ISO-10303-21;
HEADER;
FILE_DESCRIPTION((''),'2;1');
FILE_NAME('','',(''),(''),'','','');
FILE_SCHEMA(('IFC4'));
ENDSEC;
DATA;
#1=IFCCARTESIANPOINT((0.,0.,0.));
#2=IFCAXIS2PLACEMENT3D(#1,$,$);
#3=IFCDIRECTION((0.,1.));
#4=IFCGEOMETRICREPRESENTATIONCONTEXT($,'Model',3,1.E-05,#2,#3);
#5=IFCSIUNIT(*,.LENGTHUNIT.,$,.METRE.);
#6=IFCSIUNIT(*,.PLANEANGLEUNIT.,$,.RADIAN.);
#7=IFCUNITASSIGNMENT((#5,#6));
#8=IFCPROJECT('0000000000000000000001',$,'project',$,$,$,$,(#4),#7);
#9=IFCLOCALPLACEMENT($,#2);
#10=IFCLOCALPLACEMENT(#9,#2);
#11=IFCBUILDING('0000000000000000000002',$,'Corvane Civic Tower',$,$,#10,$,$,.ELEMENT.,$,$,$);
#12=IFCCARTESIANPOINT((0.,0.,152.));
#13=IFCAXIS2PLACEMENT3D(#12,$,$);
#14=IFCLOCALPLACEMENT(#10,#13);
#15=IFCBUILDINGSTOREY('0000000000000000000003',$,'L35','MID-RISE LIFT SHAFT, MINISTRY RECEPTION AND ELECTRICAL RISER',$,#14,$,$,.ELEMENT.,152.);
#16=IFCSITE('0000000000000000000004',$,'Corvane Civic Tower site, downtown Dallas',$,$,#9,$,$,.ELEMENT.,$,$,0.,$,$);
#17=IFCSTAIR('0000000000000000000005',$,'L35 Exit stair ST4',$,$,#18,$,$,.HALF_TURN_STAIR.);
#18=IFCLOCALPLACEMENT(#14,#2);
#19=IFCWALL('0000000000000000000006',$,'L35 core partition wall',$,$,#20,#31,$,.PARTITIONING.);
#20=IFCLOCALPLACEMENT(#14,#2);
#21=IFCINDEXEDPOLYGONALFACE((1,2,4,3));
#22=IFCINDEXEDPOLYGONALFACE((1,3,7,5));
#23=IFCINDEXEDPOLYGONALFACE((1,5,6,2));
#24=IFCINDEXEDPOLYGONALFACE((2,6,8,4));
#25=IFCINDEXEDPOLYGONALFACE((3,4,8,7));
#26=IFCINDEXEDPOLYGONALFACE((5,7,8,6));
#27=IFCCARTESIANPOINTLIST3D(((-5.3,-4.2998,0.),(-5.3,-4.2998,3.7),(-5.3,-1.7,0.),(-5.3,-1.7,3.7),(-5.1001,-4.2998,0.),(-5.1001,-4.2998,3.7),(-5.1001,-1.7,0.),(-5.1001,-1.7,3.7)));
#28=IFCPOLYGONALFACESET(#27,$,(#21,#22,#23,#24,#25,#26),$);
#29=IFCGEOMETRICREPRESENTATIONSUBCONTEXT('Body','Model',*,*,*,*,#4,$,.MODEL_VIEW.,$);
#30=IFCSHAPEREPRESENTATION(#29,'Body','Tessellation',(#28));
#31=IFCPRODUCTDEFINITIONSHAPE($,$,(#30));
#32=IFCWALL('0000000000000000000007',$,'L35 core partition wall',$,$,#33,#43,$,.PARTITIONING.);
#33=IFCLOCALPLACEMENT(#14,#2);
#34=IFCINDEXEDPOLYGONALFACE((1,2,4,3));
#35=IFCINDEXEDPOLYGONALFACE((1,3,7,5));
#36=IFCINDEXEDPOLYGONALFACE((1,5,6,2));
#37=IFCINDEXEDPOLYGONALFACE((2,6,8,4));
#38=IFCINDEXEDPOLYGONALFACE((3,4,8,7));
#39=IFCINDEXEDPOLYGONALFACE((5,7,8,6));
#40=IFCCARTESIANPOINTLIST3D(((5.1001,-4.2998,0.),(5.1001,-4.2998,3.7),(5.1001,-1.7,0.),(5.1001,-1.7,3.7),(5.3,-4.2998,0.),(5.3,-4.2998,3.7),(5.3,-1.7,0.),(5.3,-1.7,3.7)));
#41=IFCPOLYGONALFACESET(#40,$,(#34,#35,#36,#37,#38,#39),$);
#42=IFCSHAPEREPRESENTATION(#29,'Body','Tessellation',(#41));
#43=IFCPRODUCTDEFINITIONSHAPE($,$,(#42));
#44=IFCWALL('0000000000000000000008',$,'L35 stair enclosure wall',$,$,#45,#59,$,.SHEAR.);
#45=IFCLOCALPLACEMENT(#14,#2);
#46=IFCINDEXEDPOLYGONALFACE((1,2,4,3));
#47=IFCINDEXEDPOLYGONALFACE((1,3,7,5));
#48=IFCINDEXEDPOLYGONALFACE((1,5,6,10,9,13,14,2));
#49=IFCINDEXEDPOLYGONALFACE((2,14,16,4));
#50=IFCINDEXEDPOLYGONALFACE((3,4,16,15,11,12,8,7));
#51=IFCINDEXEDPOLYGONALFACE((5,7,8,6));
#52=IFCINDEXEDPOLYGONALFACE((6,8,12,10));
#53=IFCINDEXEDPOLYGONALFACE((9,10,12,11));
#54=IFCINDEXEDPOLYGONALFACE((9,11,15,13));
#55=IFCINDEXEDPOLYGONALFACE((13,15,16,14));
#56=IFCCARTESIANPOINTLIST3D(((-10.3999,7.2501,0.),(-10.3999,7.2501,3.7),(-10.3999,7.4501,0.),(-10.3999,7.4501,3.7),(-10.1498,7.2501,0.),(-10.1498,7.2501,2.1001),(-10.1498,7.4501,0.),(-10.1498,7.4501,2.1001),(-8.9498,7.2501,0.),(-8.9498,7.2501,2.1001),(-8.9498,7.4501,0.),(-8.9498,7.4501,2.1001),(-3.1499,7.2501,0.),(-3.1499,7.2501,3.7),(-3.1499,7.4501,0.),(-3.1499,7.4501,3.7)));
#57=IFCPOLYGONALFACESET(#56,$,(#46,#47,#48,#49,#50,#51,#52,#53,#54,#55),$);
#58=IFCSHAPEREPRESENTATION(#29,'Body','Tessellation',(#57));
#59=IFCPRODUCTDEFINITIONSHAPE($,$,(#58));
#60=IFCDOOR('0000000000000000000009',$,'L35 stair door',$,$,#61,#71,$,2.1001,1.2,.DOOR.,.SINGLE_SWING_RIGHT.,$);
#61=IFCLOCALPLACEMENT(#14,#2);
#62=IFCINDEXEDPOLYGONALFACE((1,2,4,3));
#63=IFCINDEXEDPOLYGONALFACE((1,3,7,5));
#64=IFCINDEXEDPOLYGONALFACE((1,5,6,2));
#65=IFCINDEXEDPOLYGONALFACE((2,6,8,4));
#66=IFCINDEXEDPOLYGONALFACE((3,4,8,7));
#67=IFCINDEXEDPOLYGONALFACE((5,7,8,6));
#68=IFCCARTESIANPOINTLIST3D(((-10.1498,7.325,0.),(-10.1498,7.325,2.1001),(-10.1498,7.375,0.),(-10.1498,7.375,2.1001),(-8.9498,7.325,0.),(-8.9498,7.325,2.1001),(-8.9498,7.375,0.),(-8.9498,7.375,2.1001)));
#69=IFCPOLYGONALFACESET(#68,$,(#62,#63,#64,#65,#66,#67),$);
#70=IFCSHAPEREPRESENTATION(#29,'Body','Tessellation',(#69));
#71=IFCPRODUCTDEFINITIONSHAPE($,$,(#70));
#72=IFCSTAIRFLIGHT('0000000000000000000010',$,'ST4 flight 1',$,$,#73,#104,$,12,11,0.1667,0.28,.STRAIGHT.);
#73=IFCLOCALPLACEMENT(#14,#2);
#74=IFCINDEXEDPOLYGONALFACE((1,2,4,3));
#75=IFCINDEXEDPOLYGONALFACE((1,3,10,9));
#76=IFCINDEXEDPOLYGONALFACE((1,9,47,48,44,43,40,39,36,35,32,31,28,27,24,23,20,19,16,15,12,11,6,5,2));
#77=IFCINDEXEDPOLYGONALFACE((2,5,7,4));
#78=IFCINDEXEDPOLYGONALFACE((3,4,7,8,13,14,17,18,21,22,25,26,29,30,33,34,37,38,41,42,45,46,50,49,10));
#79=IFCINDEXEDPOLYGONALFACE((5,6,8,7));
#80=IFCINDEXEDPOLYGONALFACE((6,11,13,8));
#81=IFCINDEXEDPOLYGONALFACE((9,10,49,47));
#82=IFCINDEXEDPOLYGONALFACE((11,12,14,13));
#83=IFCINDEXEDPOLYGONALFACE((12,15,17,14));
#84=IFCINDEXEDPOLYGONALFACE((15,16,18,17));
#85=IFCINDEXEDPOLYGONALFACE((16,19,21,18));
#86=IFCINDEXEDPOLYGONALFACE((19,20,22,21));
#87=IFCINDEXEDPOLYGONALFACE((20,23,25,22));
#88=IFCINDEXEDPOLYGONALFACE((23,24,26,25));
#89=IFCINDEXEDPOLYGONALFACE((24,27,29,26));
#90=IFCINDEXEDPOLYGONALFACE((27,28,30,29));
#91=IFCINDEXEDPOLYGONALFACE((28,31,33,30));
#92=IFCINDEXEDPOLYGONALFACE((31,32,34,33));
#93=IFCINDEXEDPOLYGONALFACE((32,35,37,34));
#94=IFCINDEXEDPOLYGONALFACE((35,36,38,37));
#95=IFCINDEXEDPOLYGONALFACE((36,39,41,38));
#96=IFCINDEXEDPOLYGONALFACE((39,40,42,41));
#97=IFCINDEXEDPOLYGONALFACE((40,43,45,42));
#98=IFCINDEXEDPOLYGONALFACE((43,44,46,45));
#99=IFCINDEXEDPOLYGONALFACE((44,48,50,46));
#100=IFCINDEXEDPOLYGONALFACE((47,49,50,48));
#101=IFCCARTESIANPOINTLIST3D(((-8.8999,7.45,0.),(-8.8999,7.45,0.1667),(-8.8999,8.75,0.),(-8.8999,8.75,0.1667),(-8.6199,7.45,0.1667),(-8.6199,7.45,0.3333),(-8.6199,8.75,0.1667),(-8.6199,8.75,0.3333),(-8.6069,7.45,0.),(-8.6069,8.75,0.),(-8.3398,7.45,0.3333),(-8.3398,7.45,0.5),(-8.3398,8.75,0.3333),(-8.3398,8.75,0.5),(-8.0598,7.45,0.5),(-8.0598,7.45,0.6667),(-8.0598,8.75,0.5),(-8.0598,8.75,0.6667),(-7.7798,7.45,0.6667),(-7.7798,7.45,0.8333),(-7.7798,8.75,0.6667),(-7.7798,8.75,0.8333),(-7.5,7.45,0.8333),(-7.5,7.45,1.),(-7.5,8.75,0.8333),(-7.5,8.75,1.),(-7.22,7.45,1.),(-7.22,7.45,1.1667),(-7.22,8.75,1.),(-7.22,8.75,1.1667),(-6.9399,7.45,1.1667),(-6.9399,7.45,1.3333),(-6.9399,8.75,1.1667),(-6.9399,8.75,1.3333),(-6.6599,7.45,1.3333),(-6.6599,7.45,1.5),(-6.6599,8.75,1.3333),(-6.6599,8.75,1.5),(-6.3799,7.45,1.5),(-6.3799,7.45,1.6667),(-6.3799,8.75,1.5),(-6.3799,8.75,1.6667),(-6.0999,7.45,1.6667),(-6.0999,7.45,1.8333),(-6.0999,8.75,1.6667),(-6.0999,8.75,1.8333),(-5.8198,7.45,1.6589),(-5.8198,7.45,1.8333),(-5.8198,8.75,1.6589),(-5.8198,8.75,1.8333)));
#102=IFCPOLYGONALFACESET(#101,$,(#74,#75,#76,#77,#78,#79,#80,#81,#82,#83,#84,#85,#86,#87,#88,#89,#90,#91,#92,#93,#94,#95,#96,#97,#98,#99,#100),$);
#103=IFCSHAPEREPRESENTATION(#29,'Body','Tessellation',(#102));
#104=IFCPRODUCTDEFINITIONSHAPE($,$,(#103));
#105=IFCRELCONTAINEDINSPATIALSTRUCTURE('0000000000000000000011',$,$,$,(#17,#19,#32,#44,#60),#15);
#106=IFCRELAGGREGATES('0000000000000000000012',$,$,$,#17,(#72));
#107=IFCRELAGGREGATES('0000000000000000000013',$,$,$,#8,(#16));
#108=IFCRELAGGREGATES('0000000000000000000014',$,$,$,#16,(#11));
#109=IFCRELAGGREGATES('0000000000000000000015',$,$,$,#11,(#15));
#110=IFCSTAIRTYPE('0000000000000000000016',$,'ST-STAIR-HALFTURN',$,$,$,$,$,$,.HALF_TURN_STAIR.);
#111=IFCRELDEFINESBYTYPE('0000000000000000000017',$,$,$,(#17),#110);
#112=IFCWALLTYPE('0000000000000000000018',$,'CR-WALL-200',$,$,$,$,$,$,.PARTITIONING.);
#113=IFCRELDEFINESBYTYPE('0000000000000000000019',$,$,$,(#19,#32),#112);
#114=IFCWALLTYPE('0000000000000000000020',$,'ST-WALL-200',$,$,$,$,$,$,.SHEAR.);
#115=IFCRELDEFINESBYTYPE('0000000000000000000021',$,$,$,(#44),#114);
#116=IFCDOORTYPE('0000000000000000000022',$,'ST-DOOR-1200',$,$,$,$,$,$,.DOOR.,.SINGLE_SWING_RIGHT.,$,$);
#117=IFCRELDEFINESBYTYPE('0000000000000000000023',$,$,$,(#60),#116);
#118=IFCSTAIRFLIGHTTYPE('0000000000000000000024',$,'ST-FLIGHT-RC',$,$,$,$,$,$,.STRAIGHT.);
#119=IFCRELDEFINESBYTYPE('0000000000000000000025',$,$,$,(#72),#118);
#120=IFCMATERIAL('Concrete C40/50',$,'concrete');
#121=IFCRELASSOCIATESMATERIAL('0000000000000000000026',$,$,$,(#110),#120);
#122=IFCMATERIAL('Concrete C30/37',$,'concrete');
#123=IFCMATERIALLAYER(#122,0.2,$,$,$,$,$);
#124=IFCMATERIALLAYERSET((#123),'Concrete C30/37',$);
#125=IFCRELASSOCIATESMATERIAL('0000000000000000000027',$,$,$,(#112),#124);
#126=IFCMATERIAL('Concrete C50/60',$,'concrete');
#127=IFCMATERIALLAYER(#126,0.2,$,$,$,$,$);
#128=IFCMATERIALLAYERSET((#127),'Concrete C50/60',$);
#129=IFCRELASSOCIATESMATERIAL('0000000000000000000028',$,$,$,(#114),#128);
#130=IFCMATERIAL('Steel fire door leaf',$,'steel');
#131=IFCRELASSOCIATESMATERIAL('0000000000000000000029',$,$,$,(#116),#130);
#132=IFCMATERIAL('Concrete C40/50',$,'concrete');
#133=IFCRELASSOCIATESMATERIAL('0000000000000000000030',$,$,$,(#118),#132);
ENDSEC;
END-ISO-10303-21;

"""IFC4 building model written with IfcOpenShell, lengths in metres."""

from ifc_helpers import new_model, si_unit, direction, frame, frame_2d, origin, place, context, subcontext, project, spatial, polyline, rectangle, outline, extrude, material, layer, layer_set, type_object, element, fill, aggregate, save


model = new_model("IFC4")

# Units and contexts
model_context = context("Model", 3, precision=1e-05, world=origin(), true_north=direction((0.0, 1.0)))
body_context = subcontext(model_context, "Body", "Model", "MODEL_VIEW")
ifc_project = project(units=[si_unit("LENGTHUNIT", "METRE"), si_unit("PLANEANGLEUNIT", "RADIAN")], contexts=[model_context])

# Site, building, storey
site_placement = place(None, origin())
site = spatial("IfcSite", under=ifc_project, at=site_placement, Name="Corvane Civic Tower site, downtown Dallas", CompositionType="ELEMENT", RefElevation=0.0)
building_placement = place(site_placement, origin())
building = spatial("IfcBuilding", under=site, at=building_placement, Name="Corvane Civic Tower", CompositionType="ELEMENT")
storey_placement = place(building_placement, frame((0.0, 0.0, 152.0)))
storey = spatial("IfcBuildingStorey", under=building, at=storey_placement, Name="L35", Description="MID-RISE LIFT SHAFT, MINISTRY RECEPTION AND ELECTRICAL RISER", CompositionType="ELEMENT", Elevation=152.0)

# Stair
ifc_material_1 = material(Name="Concrete C40/50", Category="concrete")
stair_type = type_object("IfcStairType", Name="ST-STAIR-HALFTURN", PredefinedType="HALF_TURN_STAIR", material=ifc_material_1)
stair_1_placement = place(storey_placement, origin())
stair_1 = element("IfcStair", 1, at=stair_1_placement, inside=storey, type_object=stair_type, Name="L35 Exit stair ST4", PredefinedType="HALF_TURN_STAIR")

# Shared definitions
ifc_material_2 = material(Name="Concrete C30/37", Category="concrete")
ifc_layer_1 = layer(ifc_material_2, 0.2)
ifc_layer_set_1 = layer_set([ifc_layer_1], Name="Concrete C30/37")
wall_type_1 = type_object("IfcWallType", Name="CR-WALL-200", PredefinedType="PARTITIONING", material=ifc_layer_set_1)

# Walls
wall_1_placement = place(storey_placement, origin())
element("IfcWall", 2, at=wall_1_placement, inside=storey, type_object=wall_type_1, Name="L35 core partition wall", PredefinedType="PARTITIONING", context=body_context, shape_type="SweptSolid", body=[
    extrude(outline(polyline([(-5.1001, -1.7), (-5.1001, -4.2998), (-5.3, -4.2998), (-5.3, -1.7), (-5.1001, -1.7)])), origin(), (0.0, 0.0, 1.0), 3.7),
])
wall_2_placement = place(storey_placement, origin())
element("IfcWall", 3, at=wall_2_placement, inside=storey, type_object=wall_type_1, Name="L35 core partition wall", PredefinedType="PARTITIONING", context=body_context, shape_type="SweptSolid", body=[
    extrude(outline(polyline([(5.3, -1.7), (5.3, -4.2998), (5.1001, -4.2998), (5.1001, -1.7), (5.3, -1.7)])), origin(), (0.0, 0.0, 1.0), 3.7),
])

# Wall, opening, door
ifc_material_3 = material(Name="Concrete C50/60", Category="concrete")
ifc_layer_2 = layer(ifc_material_3, 0.2)
ifc_layer_set_2 = layer_set([ifc_layer_2], Name="Concrete C50/60")
wall_type_2 = type_object("IfcWallType", Name="ST-WALL-200", PredefinedType="SHEAR", material=ifc_layer_set_2)
wall_3_placement = place(storey_placement, frame((-10.3999, 7.3501, 0.0), z_axis=(0.0, 0.0, 1.0), x_axis=(1.0, 0.0, 0.0)))
wall_3 = element("IfcWall", 4, at=wall_3_placement, inside=storey, type_object=wall_type_2, Name="L35 stair enclosure wall", PredefinedType="SHEAR", context=body_context, shape_type="SweptSolid", body=[
    extrude(rectangle(XDim=7.25, YDim=0.2, at=frame_2d((3.625, 0.0))), origin(), (0.0, 0.0, 1.0), 3.7),
])
opening_1_placement = place(wall_3_placement, frame((0.25, 0.0, 0.0)))
opening_1 = element("IfcOpeningElement", 5, at=opening_1_placement, cuts=wall_3, PredefinedType="OPENING", context=body_context, shape_type="SweptSolid", body=[
    extrude(rectangle(XDim=1.2, YDim=2.1001, at=frame_2d((0.6001, 1.05))), frame((0.0, 0.1099, 0.0), z_axis=(0.0, -1.0, 0.0), x_axis=(1.0, 0.0, 0.0)), (0.0, 0.0, 1.0), 0.22),
])
ifc_material_4 = material(Name="Steel fire door leaf", Category="steel")
door_type_1 = type_object("IfcDoorType", Name="ST-DOOR-1200", OperationType="SINGLE_SWING_RIGHT", PredefinedType="DOOR", material=ifc_material_4)
door_1_placement = place(opening_1_placement, origin())
door_1 = element("IfcDoor", 6, at=door_1_placement, inside=storey, type_object=door_type_1, Name="L35 stair door", OperationType="SINGLE_SWING_RIGHT", OverallHeight=2.1001, OverallWidth=1.2, PredefinedType="DOOR", context=body_context, shape_type="SweptSolid", body=[
    extrude(rectangle(XDim=1.2, YDim=2.1001, at=frame_2d((0.6001, 1.05))), frame((0.0, 0.0249, 0.0), z_axis=(0.0, -1.0, 0.0), x_axis=(1.0, 0.0, 0.0)), (0.0, 0.0, 1.0), 0.05),
])
fill(opening_1, door_1)

# Stair flight
ifc_material_5 = material(Name="Concrete C40/50", Category="concrete")
stair_flight_type = type_object("IfcStairFlightType", Name="ST-FLIGHT-RC", PredefinedType="STRAIGHT", material=ifc_material_5)
stair_flight_placement = place(storey_placement, frame((-8.8999, 8.1001, 0.0), z_axis=(0.0, 0.0, 1.0), x_axis=(1.0, 0.0, 0.0)))
stair_flight = element("IfcStairFlight", 7, at=stair_flight_placement, type_object=stair_flight_type, Name="ST4 flight 1", NumberOfRisers=12, NumberOfTreads=11, PredefinedType="STRAIGHT", RiserHeight=0.1667, TreadLength=0.28, context=body_context, shape_type="SweptSolid", body=[
    extrude(outline(polyline([(0.0, 0.0), (0.0, 0.1667), (0.28, 0.1667), (0.28, 0.3333), (0.5601, 0.3333), (0.5601, 0.5), (0.8401, 0.5), (0.8401, 0.6667), (1.1201, 0.6667), (1.1201, 0.8333), (1.3999, 0.8333), (1.3999, 1.0), (1.6799, 1.0), (1.6799, 1.1667), (1.96, 1.1667), (1.96, 1.3333), (2.24, 1.3333), (2.24, 1.5), (2.52, 1.5), (2.52, 1.6667), (2.8, 1.6667), (2.8, 1.8333), (3.0801, 1.8333), (3.0801, 2.0), (3.0801, 1.6589), (0.293, 0.0), (0.0, 0.0)])), frame((0.0, 0.6499, 0.0), z_axis=(0.0, -1.0, 0.0), x_axis=(1.0, 0.0, 0.0)), (0.0, 0.0, 1.0), 1.3),
])
aggregate(stair_1, [stair_flight])

save(model, "model.ifc")
